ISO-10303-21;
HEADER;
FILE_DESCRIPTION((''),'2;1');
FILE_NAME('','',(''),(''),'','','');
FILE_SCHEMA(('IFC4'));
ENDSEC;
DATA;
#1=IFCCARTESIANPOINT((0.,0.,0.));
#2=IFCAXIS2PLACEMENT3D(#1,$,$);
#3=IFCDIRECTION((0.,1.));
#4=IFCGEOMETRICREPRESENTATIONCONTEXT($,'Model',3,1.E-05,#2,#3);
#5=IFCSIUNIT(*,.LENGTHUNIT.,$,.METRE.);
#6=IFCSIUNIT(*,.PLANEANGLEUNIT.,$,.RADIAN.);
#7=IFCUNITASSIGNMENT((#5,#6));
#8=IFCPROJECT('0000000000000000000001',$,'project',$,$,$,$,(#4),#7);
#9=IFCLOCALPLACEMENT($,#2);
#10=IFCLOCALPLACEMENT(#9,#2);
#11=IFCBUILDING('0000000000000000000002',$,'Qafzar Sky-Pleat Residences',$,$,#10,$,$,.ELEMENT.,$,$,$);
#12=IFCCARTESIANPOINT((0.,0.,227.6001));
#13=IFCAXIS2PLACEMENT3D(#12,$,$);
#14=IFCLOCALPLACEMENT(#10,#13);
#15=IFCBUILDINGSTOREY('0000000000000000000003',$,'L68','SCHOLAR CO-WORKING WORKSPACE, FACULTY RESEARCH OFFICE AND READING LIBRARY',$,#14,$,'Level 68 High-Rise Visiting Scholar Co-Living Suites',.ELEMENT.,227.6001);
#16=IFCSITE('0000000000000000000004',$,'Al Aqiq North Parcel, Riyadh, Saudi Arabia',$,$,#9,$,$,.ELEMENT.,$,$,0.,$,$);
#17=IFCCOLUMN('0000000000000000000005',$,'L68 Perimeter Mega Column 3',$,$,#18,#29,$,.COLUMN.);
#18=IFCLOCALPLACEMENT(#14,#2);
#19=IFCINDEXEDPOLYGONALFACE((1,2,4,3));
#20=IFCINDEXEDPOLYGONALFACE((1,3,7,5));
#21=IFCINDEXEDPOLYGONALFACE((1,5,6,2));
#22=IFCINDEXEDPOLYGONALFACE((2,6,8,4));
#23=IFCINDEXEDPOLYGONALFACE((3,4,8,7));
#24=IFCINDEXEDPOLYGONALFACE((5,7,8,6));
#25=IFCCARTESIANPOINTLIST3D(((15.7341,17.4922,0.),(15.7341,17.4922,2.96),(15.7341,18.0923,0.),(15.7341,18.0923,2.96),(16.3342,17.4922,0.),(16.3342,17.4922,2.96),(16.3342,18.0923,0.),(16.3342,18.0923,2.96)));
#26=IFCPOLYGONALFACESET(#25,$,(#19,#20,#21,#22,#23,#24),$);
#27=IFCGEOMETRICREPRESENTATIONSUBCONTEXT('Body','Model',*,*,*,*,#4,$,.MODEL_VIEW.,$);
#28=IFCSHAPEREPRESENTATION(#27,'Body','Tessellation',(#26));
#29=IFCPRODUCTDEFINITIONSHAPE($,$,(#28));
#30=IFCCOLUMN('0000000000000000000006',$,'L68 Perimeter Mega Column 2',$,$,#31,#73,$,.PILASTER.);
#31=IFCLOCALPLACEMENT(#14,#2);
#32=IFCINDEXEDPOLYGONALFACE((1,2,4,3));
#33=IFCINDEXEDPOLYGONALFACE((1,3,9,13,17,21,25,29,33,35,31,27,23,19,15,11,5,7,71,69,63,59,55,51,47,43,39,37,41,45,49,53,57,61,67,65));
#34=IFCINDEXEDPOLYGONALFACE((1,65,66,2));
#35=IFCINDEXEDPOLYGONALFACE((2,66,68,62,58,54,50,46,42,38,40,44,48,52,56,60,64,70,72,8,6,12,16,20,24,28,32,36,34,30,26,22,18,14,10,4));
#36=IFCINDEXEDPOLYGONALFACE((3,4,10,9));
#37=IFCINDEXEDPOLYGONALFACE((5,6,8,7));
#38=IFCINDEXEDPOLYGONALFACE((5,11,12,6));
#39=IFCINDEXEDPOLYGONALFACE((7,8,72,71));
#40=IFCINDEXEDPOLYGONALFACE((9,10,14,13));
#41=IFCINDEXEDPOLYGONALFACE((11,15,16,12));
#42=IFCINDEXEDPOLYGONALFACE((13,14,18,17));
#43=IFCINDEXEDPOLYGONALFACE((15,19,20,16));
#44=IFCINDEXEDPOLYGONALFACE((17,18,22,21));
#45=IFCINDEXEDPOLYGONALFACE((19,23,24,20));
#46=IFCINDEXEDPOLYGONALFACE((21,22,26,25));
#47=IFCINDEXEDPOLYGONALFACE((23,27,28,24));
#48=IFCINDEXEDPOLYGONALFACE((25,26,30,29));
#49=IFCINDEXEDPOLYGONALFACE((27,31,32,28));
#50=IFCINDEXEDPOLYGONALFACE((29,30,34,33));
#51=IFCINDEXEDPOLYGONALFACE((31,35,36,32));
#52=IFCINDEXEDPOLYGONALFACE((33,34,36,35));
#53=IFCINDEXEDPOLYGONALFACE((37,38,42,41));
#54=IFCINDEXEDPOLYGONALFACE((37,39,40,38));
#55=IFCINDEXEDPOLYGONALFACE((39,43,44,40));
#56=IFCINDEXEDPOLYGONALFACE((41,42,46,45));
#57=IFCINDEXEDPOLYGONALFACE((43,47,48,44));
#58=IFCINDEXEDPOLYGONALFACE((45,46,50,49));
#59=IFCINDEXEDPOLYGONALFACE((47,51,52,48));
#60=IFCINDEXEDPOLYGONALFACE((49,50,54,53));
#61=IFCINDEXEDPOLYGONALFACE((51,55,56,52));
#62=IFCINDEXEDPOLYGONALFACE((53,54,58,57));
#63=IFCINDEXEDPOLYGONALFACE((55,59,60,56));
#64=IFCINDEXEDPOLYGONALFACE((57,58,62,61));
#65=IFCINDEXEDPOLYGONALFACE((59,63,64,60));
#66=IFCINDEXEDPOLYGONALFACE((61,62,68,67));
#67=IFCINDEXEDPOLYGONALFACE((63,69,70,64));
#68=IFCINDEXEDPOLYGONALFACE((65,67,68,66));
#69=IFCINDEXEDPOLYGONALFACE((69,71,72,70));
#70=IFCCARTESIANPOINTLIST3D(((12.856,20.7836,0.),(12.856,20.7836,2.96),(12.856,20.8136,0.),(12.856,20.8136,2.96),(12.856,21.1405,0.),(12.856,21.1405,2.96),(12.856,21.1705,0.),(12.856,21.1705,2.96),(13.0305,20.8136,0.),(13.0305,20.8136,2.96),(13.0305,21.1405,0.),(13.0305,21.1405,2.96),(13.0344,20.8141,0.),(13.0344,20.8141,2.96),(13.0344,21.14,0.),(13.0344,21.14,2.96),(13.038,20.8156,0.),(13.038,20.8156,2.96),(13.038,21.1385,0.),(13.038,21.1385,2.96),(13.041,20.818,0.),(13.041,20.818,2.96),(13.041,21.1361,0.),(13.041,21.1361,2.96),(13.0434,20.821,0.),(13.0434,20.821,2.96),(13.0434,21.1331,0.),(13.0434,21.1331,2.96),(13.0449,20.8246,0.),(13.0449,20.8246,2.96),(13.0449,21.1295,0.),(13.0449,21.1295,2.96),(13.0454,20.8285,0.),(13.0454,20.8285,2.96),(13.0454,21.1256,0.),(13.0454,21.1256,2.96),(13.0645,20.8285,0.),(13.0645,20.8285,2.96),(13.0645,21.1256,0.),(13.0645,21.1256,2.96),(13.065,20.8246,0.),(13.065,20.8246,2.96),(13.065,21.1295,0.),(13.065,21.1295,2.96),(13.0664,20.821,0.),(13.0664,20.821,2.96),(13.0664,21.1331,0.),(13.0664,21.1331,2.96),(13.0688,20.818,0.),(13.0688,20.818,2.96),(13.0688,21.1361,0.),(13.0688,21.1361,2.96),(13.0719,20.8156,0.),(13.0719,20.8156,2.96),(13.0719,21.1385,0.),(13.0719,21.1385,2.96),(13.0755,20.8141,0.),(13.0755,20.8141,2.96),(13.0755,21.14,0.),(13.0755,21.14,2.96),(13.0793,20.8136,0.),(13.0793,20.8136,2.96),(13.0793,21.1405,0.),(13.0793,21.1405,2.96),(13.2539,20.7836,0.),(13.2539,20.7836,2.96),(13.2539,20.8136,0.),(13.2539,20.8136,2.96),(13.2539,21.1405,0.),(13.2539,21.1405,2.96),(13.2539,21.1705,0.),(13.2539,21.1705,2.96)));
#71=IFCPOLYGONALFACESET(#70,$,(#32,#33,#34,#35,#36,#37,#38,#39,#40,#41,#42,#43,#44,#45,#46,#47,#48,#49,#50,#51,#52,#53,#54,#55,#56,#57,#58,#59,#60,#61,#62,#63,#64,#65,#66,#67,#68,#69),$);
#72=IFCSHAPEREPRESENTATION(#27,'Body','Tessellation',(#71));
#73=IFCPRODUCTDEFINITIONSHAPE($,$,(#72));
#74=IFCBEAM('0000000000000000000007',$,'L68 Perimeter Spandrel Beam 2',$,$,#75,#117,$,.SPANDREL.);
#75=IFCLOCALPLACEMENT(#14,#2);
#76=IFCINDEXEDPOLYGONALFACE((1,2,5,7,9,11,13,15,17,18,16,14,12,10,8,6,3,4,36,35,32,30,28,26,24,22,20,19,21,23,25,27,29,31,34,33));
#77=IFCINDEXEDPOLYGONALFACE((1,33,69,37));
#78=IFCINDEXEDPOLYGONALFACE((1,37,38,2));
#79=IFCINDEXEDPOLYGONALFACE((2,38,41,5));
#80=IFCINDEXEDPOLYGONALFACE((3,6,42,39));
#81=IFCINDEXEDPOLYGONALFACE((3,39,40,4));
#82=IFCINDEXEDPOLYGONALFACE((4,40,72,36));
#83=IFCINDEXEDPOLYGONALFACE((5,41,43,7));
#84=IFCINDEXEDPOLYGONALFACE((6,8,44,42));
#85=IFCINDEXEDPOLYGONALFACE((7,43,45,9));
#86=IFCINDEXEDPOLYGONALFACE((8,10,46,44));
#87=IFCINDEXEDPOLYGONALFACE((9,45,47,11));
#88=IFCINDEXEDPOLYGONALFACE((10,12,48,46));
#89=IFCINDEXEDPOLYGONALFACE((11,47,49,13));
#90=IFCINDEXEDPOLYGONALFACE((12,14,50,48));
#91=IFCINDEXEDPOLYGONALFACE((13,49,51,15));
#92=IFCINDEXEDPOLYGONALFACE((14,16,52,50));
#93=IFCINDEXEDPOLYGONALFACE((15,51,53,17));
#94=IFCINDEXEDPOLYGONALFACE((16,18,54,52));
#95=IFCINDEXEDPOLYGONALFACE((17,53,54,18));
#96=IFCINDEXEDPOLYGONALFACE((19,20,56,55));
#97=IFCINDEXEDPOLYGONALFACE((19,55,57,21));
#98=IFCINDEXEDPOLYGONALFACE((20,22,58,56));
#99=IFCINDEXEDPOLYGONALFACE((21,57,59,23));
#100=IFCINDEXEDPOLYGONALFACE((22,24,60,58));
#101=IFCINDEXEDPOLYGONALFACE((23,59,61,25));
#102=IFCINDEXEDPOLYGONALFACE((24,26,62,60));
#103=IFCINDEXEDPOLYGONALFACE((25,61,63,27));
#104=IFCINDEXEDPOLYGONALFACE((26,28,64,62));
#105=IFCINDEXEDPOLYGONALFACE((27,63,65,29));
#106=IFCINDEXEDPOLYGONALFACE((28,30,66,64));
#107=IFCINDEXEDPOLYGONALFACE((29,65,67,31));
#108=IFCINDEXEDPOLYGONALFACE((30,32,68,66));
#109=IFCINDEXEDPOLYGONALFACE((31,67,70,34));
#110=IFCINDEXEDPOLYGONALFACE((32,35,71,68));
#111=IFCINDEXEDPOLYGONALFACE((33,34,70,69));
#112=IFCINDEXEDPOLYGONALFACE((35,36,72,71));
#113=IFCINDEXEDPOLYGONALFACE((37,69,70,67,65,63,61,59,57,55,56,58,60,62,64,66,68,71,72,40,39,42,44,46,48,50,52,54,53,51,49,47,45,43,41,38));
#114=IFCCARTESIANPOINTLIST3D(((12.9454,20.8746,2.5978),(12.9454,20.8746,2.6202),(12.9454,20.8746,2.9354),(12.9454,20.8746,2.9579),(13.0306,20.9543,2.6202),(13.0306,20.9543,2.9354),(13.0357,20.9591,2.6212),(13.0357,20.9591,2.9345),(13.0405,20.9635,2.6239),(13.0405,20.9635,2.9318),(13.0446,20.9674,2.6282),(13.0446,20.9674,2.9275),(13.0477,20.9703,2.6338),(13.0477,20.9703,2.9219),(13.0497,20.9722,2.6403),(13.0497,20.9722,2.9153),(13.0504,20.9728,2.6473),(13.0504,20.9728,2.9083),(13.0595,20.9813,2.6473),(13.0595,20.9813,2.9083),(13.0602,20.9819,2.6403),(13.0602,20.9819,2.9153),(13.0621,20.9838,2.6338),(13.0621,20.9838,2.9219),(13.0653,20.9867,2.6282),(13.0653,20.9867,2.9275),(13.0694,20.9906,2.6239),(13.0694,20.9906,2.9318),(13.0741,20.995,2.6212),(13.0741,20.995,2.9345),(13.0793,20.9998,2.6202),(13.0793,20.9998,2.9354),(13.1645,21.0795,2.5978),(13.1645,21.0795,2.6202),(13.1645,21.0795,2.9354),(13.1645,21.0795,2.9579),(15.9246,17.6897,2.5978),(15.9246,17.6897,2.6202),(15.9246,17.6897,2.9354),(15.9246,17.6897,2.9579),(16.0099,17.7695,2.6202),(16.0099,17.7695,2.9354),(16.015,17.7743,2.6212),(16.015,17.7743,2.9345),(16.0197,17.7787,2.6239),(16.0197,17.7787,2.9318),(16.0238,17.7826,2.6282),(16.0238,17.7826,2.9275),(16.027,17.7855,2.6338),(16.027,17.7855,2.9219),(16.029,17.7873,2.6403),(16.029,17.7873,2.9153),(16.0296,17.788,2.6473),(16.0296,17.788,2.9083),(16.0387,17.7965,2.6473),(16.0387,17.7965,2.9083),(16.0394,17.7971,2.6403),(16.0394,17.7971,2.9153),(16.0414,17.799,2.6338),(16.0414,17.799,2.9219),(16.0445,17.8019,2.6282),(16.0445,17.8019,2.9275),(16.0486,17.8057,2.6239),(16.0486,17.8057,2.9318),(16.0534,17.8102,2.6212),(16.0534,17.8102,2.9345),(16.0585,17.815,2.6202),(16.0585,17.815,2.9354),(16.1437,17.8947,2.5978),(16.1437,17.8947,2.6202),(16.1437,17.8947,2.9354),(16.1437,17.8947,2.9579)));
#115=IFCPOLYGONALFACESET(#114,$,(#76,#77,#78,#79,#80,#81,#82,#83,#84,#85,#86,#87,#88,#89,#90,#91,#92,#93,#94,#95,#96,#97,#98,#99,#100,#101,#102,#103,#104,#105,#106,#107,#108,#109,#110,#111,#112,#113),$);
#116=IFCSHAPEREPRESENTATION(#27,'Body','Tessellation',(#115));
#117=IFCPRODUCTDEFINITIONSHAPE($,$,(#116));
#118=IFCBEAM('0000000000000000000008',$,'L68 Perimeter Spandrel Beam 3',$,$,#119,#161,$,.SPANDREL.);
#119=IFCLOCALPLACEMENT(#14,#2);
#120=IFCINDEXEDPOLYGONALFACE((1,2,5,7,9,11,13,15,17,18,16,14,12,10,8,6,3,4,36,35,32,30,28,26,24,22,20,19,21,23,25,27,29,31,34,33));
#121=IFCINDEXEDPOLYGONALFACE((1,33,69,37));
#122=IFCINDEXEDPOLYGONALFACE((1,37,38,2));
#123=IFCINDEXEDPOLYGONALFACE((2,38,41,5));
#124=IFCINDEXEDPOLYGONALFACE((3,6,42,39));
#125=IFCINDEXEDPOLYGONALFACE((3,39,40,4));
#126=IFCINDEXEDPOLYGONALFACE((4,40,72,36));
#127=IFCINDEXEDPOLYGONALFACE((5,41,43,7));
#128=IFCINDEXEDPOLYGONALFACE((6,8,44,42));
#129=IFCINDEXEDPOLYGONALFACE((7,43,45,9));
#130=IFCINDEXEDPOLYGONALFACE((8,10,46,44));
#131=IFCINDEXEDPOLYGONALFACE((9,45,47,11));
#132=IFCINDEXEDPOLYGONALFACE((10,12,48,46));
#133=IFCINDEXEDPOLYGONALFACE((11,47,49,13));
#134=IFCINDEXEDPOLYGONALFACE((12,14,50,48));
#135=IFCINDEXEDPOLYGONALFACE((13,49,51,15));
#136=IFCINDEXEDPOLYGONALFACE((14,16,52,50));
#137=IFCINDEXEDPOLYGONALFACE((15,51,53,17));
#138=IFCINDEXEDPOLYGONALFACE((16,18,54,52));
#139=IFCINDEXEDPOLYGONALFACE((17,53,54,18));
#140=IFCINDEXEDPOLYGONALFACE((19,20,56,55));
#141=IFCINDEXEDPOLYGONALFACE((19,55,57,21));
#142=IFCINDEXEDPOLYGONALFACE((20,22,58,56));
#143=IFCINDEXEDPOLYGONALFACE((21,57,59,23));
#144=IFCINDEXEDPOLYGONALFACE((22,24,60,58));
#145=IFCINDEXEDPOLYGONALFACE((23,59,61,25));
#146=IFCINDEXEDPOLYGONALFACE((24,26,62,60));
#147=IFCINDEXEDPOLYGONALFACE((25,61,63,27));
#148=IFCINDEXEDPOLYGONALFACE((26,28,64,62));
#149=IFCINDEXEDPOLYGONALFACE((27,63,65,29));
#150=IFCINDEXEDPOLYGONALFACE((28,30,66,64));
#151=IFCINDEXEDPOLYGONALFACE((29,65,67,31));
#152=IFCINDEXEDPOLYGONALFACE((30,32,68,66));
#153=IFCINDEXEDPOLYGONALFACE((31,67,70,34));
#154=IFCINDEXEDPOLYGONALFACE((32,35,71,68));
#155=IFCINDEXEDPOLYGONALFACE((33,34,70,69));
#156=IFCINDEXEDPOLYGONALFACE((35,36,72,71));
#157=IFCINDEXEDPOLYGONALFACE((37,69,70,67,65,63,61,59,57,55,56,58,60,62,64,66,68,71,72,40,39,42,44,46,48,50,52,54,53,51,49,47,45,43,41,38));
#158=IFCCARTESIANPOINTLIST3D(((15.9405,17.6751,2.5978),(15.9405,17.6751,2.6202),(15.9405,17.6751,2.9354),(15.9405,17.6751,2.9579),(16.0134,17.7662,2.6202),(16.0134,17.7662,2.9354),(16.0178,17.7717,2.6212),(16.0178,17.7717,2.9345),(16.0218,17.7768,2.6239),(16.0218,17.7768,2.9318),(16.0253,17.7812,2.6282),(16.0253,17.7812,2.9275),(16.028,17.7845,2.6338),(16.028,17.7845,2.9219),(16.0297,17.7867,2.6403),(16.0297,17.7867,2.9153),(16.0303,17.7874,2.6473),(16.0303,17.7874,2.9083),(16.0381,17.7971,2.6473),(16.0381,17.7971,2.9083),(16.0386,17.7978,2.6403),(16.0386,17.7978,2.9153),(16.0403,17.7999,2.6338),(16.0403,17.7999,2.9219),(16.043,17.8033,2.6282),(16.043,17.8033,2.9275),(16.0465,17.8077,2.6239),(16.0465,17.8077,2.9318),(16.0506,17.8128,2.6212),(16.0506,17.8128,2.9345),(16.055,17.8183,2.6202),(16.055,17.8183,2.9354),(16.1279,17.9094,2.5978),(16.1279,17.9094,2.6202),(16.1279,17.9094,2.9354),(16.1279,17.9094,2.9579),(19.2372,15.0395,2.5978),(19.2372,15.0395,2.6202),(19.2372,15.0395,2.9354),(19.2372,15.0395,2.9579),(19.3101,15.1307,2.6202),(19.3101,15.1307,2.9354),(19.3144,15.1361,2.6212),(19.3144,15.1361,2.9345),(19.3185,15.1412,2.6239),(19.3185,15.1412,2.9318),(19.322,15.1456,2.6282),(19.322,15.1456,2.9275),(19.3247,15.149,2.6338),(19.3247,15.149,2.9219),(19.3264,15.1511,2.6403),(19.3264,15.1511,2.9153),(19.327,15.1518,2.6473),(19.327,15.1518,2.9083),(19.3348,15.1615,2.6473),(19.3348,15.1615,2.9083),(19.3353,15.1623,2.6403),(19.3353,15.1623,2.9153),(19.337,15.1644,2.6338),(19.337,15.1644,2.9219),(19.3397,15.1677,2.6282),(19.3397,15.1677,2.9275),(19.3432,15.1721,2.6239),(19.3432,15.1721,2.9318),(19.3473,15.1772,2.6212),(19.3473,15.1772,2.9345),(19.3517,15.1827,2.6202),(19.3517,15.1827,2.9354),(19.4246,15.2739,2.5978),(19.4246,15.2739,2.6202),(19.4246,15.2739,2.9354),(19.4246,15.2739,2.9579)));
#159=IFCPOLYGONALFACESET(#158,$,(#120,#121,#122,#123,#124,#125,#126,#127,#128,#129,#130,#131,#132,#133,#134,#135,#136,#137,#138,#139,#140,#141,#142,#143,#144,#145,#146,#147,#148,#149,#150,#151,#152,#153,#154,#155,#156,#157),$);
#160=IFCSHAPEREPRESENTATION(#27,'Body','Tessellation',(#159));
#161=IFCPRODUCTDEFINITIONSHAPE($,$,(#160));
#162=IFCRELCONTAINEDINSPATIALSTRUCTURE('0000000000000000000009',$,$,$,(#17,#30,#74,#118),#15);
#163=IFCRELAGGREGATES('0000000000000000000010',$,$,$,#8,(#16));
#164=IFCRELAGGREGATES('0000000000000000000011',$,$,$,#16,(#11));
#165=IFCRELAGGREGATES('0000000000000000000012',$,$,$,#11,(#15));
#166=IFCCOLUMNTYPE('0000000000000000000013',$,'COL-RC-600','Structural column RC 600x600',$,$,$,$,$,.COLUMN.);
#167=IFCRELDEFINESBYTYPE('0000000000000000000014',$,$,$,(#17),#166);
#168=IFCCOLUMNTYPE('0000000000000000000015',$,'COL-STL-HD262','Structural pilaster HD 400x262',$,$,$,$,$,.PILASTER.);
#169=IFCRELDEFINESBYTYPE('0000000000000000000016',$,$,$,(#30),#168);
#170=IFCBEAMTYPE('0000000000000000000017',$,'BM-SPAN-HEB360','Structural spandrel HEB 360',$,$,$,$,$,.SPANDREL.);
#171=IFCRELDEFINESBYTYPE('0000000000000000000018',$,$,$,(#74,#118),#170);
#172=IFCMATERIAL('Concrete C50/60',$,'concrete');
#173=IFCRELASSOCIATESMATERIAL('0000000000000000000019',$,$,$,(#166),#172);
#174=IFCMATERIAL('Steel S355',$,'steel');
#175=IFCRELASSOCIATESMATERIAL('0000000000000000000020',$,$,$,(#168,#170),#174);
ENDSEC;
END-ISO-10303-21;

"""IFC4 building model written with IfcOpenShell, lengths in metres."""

from ifc_helpers import new_model, si_unit, direction, frame, origin, origin_2d, place, context, subcontext, project, spatial, rectangle, i_section, extrude, source, transform, mapped, material, material_profile, profile_set, type_object, element, save


model = new_model("IFC4")

# Units and contexts
model_context = context("Model", 3, precision=1e-05, world=origin(), true_north=direction((0.0, 1.0)))
body_context = subcontext(model_context, "Body", "Model", "MODEL_VIEW")
ifc_project = project(units=[si_unit("LENGTHUNIT", "METRE"), si_unit("PLANEANGLEUNIT", "RADIAN")], contexts=[model_context])

# Site, building, storey
site_placement = place(None, origin())
site = spatial("IfcSite", under=ifc_project, at=site_placement, Name="Al Aqiq North Parcel, Riyadh, Saudi Arabia", CompositionType="ELEMENT", RefElevation=0.0)
building_placement = place(site_placement, origin())
building = spatial("IfcBuilding", under=site, at=building_placement, Name="Qafzar Sky-Pleat Residences", CompositionType="ELEMENT")
storey_placement = place(building_placement, frame((0.0, 0.0, 227.6001)))
storey = spatial("IfcBuildingStorey", under=building, at=storey_placement, Name="L68", Description="SCHOLAR CO-WORKING WORKSPACE, FACULTY RESEARCH OFFICE AND READING LIBRARY", LongName="Level 68 High-Rise Visiting Scholar Co-Living Suites", CompositionType="ELEMENT", Elevation=227.6001)

# Columns
ifc_material_1 = material(Name="Concrete C50/60", Category="concrete")
ifc_material_profile_1 = material_profile(ifc_material_1, rectangle(XDim=0.6001, YDim=0.6001, at=origin_2d()), Name="RC 600x600")
ifc_profile_set_1 = profile_set([ifc_material_profile_1], Name="Concrete C50/60")
column_type_1 = type_object("IfcColumnType", Name="COL-RC-600", Description="Structural column RC 600x600", PredefinedType="COLUMN", material=ifc_profile_set_1)
shared_shape_1 = source(origin(), body_context, "Body", "SweptSolid", [
    extrude(rectangle(XDim=0.6001, YDim=0.6001, at=origin_2d()), origin(), (0.0, 0.0, 1.0), 2.96),
])
column_1_placement = place(storey_placement, frame((16.0342, 17.7922, 0.0), z_axis=(0.0, 0.0, 1.0), x_axis=(1.0, 0.0, 0.0)))
element("IfcColumn", 1, at=column_1_placement, inside=storey, type_object=column_type_1, Name="L68 Perimeter Mega Column 3", PredefinedType="COLUMN", context=body_context, shape_type="MappedRepresentation", body=[
    mapped(shared_shape_1, transform((0.0, 0.0, 0.0), x_axis=(1.0, 0.0, 0.0), y_axis=(0.0, 1.0, 0.0), z_axis=(0.0, 0.0, 1.0), scale=1.0)),
])
ifc_material_2 = material(Name="Steel S355", Category="steel")
ifc_material_profile_2 = material_profile(ifc_material_2, i_section(OverallWidth=0.3979, OverallDepth=0.387, WebThickness=0.019, FlangeThickness=0.03, FilletRadius=0.0149, at=origin_2d()), Name="HD 400x262")
ifc_profile_set_2 = profile_set([ifc_material_profile_2], Name="Steel S355")
column_type_2 = type_object("IfcColumnType", Name="COL-STL-HD262", Description="Structural pilaster HD 400x262", PredefinedType="PILASTER", material=ifc_profile_set_2)
shared_shape_2 = source(origin(), body_context, "Body", "SweptSolid", [
    extrude(i_section(OverallWidth=0.3979, OverallDepth=0.387, WebThickness=0.019, FlangeThickness=0.03, FilletRadius=0.0149, at=origin_2d()), origin(), (0.0, 0.0, 1.0), 2.96),
])
column_2_placement = place(storey_placement, frame((13.0549, 20.9771, 0.0), z_axis=(0.0, 0.0, 1.0), x_axis=(1.0, 0.0, 0.0)))
element("IfcColumn", 2, at=column_2_placement, inside=storey, type_object=column_type_2, Name="L68 Perimeter Mega Column 2", PredefinedType="PILASTER", context=body_context, shape_type="MappedRepresentation", body=[
    mapped(shared_shape_2, transform((0.0, 0.0, 0.0), x_axis=(1.0, 0.0, 0.0), y_axis=(0.0, 1.0, 0.0), z_axis=(0.0, 0.0, 1.0), scale=1.0)),
])

# Beams
ifc_material_profile_3 = material_profile(ifc_material_2, i_section(OverallWidth=0.3, OverallDepth=0.3601, WebThickness=0.0125, FlangeThickness=0.0225, FilletRadius=0.0271, at=origin_2d()), Name="HEB 360")
ifc_profile_set_3 = profile_set([ifc_material_profile_3], Name="Steel S355")
beam_type_1 = type_object("IfcBeamType", Name="BM-SPAN-HEB360", Description="Structural spandrel HEB 360", PredefinedType="SPANDREL", material=ifc_profile_set_3)
shared_shape_3 = source(origin(), body_context, "Body", "SweptSolid", [
    extrude(i_section(OverallWidth=0.3, OverallDepth=0.3601, WebThickness=0.0125, FlangeThickness=0.0225, FilletRadius=0.0271, at=origin_2d()), origin(), (0.0, 0.0, 1.0), 4.3611),
])
beam_1_placement = place(storey_placement, frame((13.0549, 20.9771, 2.7778), z_axis=(0.683146, -0.730282, 0.0), x_axis=(0.730282, 0.683146, 0.0)))
element("IfcBeam", 3, at=beam_1_placement, inside=storey, type_object=beam_type_1, Name="L68 Perimeter Spandrel Beam 2", PredefinedType="SPANDREL", context=body_context, shape_type="MappedRepresentation", body=[
    mapped(shared_shape_3, transform((0.0, 0.0, 0.0), x_axis=(1.0, 0.0, 0.0), y_axis=(0.0, 1.0, 0.0), z_axis=(0.0, 0.0, 1.0), scale=1.0)),
])
shared_shape_4 = source(origin(), body_context, "Body", "SweptSolid", [
    extrude(i_section(OverallWidth=0.3, OverallDepth=0.3601, WebThickness=0.0125, FlangeThickness=0.0225, FilletRadius=0.0271, at=origin_2d()), origin(), (0.0, 0.0, 1.0), 4.2207),
])
beam_2_placement = place(storey_placement, frame((16.0342, 17.7922, 2.7778), z_axis=(0.781078, -0.624434, 0.0), x_axis=(0.624434, 0.781078, 0.0)))
element("IfcBeam", 4, at=beam_2_placement, inside=storey, type_object=beam_type_1, Name="L68 Perimeter Spandrel Beam 3", PredefinedType="SPANDREL", context=body_context, shape_type="MappedRepresentation", body=[
    mapped(shared_shape_4, transform((0.0, 0.0, 0.0), x_axis=(1.0, 0.0, 0.0), y_axis=(0.0, 1.0, 0.0), z_axis=(0.0, 0.0, 1.0), scale=1.0)),
])

save(model, "model.ifc")
